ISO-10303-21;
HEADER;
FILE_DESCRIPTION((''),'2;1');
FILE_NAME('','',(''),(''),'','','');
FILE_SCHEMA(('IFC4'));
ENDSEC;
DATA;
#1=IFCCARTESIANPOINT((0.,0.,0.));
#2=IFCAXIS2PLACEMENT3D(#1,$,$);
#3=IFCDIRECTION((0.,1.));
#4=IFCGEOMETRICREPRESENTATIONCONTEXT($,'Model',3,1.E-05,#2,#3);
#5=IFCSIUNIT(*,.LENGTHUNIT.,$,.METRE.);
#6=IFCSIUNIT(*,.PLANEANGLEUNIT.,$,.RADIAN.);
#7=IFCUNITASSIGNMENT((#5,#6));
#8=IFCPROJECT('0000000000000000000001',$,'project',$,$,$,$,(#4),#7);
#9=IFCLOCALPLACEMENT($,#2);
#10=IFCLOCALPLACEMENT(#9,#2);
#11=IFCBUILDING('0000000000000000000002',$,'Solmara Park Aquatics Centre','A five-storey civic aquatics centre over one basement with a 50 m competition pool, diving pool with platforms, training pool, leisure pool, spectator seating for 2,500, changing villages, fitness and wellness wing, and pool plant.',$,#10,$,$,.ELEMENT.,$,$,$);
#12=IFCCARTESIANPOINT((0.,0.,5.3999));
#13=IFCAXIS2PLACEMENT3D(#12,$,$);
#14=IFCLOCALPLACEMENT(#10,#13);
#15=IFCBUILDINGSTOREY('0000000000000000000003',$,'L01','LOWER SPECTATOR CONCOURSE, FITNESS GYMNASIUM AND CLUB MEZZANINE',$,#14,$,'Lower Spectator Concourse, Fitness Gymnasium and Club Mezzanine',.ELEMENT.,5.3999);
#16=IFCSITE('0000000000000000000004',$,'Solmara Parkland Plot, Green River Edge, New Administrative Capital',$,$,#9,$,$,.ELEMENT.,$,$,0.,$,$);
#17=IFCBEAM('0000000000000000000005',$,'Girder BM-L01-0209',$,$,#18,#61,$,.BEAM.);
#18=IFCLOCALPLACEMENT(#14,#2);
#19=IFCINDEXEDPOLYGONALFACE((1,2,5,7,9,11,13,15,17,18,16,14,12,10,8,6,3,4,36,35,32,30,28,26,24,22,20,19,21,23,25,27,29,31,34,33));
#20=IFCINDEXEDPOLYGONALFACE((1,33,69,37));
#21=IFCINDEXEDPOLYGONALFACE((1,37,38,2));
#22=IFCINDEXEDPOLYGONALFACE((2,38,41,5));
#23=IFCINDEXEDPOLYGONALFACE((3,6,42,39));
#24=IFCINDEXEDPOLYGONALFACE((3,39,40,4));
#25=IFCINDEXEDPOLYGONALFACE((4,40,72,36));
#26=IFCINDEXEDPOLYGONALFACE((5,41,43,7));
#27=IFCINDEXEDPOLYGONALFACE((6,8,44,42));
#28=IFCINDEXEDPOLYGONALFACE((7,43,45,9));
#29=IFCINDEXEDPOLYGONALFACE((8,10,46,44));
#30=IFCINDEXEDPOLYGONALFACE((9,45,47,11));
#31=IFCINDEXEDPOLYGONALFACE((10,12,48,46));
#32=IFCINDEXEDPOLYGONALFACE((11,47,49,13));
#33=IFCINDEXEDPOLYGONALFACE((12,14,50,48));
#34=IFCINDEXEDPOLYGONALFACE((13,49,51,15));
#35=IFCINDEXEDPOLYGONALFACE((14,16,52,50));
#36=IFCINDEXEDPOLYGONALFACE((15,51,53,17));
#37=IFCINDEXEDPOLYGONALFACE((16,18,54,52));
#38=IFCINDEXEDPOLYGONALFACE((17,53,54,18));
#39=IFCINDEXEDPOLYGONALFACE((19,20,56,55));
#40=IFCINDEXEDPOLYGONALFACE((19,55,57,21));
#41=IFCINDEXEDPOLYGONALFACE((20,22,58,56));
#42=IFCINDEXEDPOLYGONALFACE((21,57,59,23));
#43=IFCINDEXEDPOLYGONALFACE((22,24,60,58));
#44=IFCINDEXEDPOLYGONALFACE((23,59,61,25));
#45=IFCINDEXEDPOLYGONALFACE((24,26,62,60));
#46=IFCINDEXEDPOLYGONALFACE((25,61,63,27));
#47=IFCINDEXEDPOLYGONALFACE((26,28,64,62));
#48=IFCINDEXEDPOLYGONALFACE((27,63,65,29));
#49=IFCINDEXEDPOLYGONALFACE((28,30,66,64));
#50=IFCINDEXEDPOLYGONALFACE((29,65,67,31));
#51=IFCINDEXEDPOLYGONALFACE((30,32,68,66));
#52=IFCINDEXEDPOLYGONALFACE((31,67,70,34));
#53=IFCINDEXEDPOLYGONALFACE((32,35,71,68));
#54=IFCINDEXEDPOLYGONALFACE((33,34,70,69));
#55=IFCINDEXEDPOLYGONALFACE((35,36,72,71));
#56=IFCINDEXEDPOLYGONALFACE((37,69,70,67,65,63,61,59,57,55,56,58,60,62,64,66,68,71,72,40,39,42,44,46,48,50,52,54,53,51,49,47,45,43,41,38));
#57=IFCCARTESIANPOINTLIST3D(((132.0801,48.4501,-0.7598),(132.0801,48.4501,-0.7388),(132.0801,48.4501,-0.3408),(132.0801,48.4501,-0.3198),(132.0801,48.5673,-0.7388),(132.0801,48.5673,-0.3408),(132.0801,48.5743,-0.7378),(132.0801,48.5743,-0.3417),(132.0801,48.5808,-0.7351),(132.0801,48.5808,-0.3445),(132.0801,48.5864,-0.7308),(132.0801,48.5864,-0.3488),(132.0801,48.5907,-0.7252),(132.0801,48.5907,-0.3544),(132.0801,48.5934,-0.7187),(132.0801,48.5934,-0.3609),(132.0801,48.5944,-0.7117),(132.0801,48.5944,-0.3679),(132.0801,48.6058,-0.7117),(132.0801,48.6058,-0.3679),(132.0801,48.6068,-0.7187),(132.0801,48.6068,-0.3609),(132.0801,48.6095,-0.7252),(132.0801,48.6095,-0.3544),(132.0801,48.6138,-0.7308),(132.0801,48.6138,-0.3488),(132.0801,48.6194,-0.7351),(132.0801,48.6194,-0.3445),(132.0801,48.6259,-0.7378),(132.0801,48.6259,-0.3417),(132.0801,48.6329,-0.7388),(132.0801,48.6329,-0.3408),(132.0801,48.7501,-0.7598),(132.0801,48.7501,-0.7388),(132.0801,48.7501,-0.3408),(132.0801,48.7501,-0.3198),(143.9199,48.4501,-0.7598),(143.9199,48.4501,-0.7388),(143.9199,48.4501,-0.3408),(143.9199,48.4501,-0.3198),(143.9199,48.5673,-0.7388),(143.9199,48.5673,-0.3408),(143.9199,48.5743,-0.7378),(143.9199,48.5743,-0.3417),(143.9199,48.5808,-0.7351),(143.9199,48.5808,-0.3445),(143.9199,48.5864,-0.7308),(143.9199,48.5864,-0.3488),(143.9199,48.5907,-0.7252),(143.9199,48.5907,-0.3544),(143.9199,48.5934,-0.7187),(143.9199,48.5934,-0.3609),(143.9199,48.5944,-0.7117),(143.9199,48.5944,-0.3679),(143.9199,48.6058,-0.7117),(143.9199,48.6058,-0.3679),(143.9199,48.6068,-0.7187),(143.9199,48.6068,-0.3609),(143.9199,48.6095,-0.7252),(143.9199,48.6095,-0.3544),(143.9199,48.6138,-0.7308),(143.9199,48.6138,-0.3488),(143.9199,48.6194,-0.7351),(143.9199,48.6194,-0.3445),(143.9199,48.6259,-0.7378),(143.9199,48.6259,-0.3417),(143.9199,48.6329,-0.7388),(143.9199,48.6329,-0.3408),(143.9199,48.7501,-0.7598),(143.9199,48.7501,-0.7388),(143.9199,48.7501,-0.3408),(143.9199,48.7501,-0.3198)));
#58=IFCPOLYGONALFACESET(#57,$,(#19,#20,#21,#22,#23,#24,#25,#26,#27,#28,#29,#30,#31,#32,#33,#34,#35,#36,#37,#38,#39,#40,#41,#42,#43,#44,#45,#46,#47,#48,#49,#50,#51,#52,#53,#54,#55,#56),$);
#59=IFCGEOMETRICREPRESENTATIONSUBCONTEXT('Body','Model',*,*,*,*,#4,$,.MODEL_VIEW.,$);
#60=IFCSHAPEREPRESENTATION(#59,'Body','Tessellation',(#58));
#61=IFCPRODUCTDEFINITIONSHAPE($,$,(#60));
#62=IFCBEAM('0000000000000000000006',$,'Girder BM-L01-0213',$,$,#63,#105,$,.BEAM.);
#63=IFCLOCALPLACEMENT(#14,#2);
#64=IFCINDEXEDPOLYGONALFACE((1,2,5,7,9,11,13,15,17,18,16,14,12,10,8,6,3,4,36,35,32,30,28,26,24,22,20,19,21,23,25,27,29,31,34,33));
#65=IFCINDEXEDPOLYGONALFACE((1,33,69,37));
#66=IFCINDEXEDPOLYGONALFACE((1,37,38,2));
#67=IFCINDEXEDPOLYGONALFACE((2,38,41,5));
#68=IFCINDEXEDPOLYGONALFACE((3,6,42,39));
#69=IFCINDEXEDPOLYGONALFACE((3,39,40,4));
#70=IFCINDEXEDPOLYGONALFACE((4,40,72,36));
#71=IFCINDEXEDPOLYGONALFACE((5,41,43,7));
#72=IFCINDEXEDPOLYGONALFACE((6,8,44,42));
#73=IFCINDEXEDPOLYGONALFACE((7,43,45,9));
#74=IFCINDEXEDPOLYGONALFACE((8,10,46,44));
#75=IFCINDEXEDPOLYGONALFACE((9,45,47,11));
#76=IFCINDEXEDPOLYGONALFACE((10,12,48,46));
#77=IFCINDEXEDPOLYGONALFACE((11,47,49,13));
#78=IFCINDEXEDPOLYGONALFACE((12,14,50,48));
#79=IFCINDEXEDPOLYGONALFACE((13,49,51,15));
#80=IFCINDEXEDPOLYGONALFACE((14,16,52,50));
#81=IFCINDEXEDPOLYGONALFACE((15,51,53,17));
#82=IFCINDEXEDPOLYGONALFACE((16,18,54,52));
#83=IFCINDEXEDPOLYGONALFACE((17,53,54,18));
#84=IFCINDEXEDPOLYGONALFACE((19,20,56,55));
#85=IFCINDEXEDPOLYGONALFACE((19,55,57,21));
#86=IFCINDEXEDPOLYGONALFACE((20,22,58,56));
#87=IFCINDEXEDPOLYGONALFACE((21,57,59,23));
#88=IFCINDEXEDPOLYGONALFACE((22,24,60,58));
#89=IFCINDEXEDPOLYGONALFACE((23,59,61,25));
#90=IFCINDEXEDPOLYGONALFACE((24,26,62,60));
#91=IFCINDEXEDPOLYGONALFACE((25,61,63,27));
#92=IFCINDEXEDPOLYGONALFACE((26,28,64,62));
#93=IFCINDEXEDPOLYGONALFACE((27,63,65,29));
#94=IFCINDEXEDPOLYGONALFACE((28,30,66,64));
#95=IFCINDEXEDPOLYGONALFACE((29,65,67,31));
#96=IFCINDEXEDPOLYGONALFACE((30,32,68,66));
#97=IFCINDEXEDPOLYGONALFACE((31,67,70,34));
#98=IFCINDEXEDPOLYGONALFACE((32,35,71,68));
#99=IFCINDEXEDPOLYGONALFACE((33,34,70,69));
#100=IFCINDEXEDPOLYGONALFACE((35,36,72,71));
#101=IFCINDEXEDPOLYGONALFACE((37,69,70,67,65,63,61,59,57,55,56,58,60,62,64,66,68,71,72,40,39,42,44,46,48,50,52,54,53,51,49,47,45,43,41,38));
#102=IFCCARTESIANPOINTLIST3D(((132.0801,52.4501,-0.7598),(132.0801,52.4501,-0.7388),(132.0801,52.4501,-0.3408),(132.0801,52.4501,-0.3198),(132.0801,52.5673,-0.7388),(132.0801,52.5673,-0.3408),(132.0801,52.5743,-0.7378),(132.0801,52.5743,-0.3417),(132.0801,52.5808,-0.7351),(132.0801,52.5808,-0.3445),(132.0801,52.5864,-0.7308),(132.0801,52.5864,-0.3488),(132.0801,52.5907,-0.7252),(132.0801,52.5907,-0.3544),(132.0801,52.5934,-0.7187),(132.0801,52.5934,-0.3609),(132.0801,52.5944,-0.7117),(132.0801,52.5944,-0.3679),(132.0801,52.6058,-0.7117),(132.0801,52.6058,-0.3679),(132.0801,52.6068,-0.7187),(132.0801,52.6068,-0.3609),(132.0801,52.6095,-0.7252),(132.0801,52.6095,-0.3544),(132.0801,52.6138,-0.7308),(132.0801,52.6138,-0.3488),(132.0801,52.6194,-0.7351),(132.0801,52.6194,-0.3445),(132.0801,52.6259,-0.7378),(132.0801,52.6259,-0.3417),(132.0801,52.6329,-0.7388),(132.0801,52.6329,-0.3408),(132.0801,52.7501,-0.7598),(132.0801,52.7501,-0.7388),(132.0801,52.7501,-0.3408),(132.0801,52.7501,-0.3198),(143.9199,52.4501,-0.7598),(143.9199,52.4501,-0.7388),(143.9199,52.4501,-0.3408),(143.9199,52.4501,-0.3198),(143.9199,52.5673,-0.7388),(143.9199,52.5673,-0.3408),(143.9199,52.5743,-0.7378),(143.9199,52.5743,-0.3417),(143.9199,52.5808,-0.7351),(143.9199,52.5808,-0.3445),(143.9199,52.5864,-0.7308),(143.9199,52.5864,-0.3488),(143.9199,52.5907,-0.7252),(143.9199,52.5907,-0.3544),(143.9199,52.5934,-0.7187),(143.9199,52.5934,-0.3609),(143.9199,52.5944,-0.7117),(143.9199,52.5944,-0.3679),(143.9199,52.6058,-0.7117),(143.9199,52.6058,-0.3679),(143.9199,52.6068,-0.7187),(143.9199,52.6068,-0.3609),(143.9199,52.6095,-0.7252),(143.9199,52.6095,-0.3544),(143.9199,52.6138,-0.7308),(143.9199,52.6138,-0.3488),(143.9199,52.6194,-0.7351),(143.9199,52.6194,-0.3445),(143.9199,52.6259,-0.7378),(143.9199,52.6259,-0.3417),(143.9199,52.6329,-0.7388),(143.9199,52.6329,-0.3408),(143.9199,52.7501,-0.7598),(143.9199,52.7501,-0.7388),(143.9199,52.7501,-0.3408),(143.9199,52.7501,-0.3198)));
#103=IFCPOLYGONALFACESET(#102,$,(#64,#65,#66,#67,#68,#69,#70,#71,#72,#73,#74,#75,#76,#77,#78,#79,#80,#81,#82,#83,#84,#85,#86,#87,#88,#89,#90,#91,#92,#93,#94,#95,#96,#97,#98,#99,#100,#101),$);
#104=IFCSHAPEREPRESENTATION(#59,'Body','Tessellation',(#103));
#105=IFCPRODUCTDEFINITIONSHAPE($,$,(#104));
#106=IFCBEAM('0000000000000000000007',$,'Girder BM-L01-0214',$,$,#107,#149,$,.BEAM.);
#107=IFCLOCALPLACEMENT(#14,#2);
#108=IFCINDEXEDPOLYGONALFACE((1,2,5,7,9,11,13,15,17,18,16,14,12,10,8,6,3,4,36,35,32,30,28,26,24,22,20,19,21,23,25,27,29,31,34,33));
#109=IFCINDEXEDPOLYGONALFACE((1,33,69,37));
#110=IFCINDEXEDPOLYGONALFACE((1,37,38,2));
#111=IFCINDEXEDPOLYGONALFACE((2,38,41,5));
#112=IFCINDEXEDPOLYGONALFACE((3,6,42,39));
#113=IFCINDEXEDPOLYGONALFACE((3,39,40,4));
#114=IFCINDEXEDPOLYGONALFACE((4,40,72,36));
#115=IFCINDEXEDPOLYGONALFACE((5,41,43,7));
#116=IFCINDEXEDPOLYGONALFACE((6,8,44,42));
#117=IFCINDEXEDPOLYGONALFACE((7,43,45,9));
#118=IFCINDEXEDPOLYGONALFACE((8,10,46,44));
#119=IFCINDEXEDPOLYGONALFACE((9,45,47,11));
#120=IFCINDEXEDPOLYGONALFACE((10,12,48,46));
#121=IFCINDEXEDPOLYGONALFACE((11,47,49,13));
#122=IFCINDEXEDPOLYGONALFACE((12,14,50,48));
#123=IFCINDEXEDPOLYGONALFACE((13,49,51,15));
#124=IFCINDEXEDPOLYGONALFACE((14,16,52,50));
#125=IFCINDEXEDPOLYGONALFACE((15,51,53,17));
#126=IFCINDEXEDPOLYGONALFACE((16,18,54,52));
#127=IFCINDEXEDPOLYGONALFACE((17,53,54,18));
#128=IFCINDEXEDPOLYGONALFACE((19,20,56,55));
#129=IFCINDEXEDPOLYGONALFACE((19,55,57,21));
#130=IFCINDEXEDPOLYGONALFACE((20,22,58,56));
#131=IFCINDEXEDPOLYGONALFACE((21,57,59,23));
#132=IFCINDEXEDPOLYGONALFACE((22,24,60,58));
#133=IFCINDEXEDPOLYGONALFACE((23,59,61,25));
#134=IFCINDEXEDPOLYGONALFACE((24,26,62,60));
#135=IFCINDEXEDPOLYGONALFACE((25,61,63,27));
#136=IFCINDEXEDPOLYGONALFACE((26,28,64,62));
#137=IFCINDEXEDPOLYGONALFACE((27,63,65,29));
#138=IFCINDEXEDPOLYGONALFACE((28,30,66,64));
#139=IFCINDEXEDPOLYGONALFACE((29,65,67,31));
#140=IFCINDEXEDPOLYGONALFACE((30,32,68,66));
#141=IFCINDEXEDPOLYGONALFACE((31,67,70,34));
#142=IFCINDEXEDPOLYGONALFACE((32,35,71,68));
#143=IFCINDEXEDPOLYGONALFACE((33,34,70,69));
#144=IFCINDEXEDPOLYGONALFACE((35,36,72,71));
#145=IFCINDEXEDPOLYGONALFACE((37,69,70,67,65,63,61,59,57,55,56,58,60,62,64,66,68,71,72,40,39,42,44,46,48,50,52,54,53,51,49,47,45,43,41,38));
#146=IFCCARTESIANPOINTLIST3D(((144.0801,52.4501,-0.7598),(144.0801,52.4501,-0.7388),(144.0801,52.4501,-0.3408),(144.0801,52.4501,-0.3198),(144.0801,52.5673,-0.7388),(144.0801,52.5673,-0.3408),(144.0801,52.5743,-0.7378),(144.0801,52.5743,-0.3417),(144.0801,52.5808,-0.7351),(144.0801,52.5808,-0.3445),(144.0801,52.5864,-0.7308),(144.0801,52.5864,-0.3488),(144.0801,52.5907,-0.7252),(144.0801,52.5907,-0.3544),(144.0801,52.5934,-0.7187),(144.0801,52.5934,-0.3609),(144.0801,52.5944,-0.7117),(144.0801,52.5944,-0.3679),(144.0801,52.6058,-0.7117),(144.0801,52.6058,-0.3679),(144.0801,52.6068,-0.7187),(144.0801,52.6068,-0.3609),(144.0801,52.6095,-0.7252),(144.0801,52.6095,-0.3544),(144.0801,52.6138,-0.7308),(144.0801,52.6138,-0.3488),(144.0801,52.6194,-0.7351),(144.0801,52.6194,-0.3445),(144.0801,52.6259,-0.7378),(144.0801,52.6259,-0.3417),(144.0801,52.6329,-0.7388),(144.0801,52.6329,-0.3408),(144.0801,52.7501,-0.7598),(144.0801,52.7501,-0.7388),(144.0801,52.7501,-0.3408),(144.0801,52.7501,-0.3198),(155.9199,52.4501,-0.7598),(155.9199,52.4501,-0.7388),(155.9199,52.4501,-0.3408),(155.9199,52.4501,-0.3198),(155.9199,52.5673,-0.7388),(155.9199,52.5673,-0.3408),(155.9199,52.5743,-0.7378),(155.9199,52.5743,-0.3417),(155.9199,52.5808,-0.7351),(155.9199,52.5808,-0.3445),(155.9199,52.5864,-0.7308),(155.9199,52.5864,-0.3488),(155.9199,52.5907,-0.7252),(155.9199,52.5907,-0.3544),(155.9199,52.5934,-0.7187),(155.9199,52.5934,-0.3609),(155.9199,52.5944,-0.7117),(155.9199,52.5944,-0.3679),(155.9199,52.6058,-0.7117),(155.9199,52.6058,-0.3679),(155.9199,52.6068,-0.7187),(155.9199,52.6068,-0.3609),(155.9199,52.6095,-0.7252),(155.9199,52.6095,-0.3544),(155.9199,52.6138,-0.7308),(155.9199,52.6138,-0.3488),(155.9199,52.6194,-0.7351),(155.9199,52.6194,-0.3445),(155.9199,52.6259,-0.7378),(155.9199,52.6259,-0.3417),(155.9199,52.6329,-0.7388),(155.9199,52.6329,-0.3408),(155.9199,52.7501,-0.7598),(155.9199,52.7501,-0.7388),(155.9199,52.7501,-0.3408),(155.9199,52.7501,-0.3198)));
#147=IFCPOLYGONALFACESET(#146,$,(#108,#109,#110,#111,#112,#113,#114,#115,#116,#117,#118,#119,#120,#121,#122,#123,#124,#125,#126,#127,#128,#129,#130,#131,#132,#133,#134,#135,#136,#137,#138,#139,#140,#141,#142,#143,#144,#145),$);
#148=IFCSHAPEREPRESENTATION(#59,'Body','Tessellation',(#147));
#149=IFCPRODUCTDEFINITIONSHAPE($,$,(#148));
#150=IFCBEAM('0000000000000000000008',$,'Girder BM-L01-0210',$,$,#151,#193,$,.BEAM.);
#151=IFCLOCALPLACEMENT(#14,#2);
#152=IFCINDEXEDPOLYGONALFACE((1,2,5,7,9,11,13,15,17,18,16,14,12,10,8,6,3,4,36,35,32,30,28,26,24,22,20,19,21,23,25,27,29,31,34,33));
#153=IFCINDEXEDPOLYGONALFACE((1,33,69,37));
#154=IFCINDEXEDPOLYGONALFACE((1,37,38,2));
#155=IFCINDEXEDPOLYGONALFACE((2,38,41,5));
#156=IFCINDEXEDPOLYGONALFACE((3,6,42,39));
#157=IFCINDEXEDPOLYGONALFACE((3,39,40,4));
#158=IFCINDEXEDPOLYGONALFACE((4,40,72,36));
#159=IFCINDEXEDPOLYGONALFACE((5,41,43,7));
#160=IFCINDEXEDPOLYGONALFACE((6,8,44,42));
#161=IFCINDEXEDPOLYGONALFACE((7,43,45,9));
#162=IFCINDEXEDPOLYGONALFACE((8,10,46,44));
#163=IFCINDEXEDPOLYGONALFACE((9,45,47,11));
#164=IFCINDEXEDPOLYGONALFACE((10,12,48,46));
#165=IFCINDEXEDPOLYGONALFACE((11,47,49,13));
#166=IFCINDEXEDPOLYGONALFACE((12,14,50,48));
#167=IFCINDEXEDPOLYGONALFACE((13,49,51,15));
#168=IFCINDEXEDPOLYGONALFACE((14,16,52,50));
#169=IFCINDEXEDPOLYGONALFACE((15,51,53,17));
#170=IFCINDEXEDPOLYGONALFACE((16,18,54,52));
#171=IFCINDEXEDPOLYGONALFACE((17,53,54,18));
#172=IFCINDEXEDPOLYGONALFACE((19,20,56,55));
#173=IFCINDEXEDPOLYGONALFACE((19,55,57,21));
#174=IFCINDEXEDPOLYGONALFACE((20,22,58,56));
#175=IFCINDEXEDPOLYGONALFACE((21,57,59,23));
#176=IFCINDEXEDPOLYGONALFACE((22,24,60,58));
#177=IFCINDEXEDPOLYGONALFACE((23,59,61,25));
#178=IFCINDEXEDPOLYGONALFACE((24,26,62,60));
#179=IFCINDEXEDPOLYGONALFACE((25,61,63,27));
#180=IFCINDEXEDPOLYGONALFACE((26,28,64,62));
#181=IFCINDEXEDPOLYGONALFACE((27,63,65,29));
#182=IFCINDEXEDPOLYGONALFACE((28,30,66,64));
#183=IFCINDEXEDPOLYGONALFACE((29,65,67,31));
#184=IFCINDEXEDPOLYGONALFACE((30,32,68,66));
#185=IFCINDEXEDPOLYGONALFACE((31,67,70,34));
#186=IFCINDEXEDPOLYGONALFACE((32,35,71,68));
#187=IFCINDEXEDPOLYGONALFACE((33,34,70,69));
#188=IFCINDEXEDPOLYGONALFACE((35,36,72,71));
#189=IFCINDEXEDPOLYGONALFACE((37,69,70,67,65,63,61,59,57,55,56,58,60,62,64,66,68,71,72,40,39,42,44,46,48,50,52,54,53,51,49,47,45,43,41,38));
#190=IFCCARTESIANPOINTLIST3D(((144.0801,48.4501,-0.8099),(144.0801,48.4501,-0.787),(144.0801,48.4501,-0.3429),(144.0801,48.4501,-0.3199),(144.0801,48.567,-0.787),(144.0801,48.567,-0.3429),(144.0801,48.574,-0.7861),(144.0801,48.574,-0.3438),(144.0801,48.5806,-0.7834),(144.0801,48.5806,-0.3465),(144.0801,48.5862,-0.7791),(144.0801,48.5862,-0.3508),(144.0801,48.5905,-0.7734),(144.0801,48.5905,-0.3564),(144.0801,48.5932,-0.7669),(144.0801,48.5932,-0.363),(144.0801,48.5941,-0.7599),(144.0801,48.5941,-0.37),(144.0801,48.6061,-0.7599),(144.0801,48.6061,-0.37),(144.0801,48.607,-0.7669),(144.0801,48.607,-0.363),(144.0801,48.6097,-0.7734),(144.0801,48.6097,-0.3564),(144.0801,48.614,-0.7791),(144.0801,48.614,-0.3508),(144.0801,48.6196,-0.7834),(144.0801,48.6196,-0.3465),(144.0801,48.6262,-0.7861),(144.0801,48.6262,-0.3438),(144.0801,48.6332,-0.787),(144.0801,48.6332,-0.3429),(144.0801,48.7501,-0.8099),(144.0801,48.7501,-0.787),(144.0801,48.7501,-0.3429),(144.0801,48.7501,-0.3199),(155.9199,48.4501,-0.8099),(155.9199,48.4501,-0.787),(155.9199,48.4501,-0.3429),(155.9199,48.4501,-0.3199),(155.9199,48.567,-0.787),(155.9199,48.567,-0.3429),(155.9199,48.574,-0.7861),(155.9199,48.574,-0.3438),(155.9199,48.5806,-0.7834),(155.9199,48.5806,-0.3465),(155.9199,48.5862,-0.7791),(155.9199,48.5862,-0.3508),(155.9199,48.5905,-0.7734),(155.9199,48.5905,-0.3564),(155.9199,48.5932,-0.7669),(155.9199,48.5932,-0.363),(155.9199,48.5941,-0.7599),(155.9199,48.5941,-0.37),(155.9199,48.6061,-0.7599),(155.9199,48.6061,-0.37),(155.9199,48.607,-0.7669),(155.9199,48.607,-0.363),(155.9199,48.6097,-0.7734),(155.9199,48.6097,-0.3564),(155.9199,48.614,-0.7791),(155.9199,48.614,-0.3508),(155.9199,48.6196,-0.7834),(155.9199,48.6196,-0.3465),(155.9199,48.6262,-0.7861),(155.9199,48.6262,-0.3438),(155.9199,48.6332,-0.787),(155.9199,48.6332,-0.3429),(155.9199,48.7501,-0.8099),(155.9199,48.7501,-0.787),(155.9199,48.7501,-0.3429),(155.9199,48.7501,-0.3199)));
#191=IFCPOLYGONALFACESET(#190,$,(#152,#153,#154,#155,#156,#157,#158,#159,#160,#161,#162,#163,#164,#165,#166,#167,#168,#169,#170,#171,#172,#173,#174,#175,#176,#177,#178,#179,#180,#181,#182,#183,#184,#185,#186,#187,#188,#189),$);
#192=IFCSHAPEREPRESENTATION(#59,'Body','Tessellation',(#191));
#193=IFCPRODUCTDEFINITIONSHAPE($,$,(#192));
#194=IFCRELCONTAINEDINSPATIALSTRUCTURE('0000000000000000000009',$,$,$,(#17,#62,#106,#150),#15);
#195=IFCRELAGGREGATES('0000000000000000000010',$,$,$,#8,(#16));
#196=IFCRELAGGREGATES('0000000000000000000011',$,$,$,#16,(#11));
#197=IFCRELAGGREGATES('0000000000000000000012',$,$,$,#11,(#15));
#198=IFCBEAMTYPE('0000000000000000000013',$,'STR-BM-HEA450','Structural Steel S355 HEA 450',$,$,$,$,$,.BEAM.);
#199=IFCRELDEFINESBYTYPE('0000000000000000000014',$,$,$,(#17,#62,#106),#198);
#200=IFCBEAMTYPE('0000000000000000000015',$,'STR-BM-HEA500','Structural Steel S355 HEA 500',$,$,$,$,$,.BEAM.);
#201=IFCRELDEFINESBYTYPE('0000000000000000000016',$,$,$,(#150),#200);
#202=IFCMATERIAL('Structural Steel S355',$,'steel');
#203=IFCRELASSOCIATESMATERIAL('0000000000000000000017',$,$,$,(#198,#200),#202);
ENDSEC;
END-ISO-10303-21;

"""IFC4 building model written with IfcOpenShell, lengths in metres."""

from ifc_helpers import new_model, si_unit, direction, frame, origin, origin_2d, place, context, subcontext, project, spatial, i_section, extrude, material, material_profile, profile_set, type_object, element, save


model = new_model("IFC4")

# Units and contexts
model_context = context("Model", 3, precision=1e-05, world=origin(), true_north=direction((0.0, 1.0)))
body_context = subcontext(model_context, "Body", "Model", "MODEL_VIEW")
ifc_project = project(units=[si_unit("LENGTHUNIT", "METRE"), si_unit("PLANEANGLEUNIT", "RADIAN")], contexts=[model_context])

# Site, building, storey
site_placement = place(None, origin())
site = spatial("IfcSite", under=ifc_project, at=site_placement, Name="Solmara Parkland Plot, Green River Edge, New Administrative Capital", CompositionType="ELEMENT", RefElevation=0.0)
building_placement = place(site_placement, origin())
building = spatial("IfcBuilding", under=site, at=building_placement, Name="Solmara Park Aquatics Centre", Description="A five-storey civic aquatics centre over one basement with a 50 m competition pool, diving pool with platforms, training pool, leisure pool, spectator seating for 2,500, changing villages, fitness and wellness wing, and pool plant.", CompositionType="ELEMENT")
storey_placement = place(building_placement, frame((0.0, 0.0, 5.3999)))
storey = spatial("IfcBuildingStorey", under=building, at=storey_placement, Name="L01", Description="LOWER SPECTATOR CONCOURSE, FITNESS GYMNASIUM AND CLUB MEZZANINE", LongName="Lower Spectator Concourse, Fitness Gymnasium and Club Mezzanine", CompositionType="ELEMENT", Elevation=5.3999)

# Shared definitions
ifc_material_1 = material(Name="Structural Steel S355", Category="steel")

# Beams
ifc_material_profile_1 = material_profile(ifc_material_1, i_section(OverallWidth=0.3, OverallDepth=0.4399, WebThickness=0.0115, FlangeThickness=0.021, FilletRadius=0.0271, at=origin_2d()), Name="HEA 450")
ifc_profile_set_1 = profile_set([ifc_material_profile_1], Name="Structural Steel S355")
beam_type_1 = type_object("IfcBeamType", Name="STR-BM-HEA450", Description="Structural Steel S355 HEA 450", PredefinedType="BEAM", material=ifc_profile_set_1)
for number, where, z_axis, x_axis, name in (
    (1, (132.0801, 48.6001, -0.5398), (1.0, 0.0, 0.0), (0.0, 1.0, 0.0), "Girder BM-L01-0209"),
    (2, (132.0801, 52.6001, -0.5398), (1.0, 0.0, 0.0), (0.0, 1.0, 0.0), "Girder BM-L01-0213"),
    (3, (144.0801, 52.6001, -0.5398), (1.0, 0.0, 0.0), (0.0, 1.0, 0.0), "Girder BM-L01-0214"),
):
    element("IfcBeam", number, at=place(storey_placement, frame(where, z_axis=z_axis, x_axis=x_axis)), inside=storey, type_object=beam_type_1, Name=name, PredefinedType="BEAM", context=body_context, shape_type="SweptSolid", body=[
        extrude(i_section(OverallWidth=0.3, OverallDepth=0.4399, WebThickness=0.0115, FlangeThickness=0.021, FilletRadius=0.0271, at=origin_2d()), origin(), (0.0, 0.0, 1.0), 11.8398),
    ])
ifc_material_profile_2 = material_profile(ifc_material_1, i_section(OverallWidth=0.3, OverallDepth=0.49, WebThickness=0.012, FlangeThickness=0.0229, FilletRadius=0.0271, at=origin_2d()), Name="HEA 500")
ifc_profile_set_2 = profile_set([ifc_material_profile_2], Name="Structural Steel S355")
beam_type_2 = type_object("IfcBeamType", Name="STR-BM-HEA500", Description="Structural Steel S355 HEA 500", PredefinedType="BEAM", material=ifc_profile_set_2)
beam_1_placement = place(storey_placement, frame((144.0801, 48.6001, -0.5649), z_axis=(1.0, 0.0, 0.0), x_axis=(0.0, 1.0, 0.0)))
element("IfcBeam", 4, at=beam_1_placement, inside=storey, type_object=beam_type_2, Name="Girder BM-L01-0210", PredefinedType="BEAM", context=body_context, shape_type="SweptSolid", body=[
    extrude(i_section(OverallWidth=0.3, OverallDepth=0.49, WebThickness=0.012, FlangeThickness=0.0229, FilletRadius=0.0271, at=origin_2d()), origin(), (0.0, 0.0, 1.0), 11.8398),
])

save(model, "model.ifc")
